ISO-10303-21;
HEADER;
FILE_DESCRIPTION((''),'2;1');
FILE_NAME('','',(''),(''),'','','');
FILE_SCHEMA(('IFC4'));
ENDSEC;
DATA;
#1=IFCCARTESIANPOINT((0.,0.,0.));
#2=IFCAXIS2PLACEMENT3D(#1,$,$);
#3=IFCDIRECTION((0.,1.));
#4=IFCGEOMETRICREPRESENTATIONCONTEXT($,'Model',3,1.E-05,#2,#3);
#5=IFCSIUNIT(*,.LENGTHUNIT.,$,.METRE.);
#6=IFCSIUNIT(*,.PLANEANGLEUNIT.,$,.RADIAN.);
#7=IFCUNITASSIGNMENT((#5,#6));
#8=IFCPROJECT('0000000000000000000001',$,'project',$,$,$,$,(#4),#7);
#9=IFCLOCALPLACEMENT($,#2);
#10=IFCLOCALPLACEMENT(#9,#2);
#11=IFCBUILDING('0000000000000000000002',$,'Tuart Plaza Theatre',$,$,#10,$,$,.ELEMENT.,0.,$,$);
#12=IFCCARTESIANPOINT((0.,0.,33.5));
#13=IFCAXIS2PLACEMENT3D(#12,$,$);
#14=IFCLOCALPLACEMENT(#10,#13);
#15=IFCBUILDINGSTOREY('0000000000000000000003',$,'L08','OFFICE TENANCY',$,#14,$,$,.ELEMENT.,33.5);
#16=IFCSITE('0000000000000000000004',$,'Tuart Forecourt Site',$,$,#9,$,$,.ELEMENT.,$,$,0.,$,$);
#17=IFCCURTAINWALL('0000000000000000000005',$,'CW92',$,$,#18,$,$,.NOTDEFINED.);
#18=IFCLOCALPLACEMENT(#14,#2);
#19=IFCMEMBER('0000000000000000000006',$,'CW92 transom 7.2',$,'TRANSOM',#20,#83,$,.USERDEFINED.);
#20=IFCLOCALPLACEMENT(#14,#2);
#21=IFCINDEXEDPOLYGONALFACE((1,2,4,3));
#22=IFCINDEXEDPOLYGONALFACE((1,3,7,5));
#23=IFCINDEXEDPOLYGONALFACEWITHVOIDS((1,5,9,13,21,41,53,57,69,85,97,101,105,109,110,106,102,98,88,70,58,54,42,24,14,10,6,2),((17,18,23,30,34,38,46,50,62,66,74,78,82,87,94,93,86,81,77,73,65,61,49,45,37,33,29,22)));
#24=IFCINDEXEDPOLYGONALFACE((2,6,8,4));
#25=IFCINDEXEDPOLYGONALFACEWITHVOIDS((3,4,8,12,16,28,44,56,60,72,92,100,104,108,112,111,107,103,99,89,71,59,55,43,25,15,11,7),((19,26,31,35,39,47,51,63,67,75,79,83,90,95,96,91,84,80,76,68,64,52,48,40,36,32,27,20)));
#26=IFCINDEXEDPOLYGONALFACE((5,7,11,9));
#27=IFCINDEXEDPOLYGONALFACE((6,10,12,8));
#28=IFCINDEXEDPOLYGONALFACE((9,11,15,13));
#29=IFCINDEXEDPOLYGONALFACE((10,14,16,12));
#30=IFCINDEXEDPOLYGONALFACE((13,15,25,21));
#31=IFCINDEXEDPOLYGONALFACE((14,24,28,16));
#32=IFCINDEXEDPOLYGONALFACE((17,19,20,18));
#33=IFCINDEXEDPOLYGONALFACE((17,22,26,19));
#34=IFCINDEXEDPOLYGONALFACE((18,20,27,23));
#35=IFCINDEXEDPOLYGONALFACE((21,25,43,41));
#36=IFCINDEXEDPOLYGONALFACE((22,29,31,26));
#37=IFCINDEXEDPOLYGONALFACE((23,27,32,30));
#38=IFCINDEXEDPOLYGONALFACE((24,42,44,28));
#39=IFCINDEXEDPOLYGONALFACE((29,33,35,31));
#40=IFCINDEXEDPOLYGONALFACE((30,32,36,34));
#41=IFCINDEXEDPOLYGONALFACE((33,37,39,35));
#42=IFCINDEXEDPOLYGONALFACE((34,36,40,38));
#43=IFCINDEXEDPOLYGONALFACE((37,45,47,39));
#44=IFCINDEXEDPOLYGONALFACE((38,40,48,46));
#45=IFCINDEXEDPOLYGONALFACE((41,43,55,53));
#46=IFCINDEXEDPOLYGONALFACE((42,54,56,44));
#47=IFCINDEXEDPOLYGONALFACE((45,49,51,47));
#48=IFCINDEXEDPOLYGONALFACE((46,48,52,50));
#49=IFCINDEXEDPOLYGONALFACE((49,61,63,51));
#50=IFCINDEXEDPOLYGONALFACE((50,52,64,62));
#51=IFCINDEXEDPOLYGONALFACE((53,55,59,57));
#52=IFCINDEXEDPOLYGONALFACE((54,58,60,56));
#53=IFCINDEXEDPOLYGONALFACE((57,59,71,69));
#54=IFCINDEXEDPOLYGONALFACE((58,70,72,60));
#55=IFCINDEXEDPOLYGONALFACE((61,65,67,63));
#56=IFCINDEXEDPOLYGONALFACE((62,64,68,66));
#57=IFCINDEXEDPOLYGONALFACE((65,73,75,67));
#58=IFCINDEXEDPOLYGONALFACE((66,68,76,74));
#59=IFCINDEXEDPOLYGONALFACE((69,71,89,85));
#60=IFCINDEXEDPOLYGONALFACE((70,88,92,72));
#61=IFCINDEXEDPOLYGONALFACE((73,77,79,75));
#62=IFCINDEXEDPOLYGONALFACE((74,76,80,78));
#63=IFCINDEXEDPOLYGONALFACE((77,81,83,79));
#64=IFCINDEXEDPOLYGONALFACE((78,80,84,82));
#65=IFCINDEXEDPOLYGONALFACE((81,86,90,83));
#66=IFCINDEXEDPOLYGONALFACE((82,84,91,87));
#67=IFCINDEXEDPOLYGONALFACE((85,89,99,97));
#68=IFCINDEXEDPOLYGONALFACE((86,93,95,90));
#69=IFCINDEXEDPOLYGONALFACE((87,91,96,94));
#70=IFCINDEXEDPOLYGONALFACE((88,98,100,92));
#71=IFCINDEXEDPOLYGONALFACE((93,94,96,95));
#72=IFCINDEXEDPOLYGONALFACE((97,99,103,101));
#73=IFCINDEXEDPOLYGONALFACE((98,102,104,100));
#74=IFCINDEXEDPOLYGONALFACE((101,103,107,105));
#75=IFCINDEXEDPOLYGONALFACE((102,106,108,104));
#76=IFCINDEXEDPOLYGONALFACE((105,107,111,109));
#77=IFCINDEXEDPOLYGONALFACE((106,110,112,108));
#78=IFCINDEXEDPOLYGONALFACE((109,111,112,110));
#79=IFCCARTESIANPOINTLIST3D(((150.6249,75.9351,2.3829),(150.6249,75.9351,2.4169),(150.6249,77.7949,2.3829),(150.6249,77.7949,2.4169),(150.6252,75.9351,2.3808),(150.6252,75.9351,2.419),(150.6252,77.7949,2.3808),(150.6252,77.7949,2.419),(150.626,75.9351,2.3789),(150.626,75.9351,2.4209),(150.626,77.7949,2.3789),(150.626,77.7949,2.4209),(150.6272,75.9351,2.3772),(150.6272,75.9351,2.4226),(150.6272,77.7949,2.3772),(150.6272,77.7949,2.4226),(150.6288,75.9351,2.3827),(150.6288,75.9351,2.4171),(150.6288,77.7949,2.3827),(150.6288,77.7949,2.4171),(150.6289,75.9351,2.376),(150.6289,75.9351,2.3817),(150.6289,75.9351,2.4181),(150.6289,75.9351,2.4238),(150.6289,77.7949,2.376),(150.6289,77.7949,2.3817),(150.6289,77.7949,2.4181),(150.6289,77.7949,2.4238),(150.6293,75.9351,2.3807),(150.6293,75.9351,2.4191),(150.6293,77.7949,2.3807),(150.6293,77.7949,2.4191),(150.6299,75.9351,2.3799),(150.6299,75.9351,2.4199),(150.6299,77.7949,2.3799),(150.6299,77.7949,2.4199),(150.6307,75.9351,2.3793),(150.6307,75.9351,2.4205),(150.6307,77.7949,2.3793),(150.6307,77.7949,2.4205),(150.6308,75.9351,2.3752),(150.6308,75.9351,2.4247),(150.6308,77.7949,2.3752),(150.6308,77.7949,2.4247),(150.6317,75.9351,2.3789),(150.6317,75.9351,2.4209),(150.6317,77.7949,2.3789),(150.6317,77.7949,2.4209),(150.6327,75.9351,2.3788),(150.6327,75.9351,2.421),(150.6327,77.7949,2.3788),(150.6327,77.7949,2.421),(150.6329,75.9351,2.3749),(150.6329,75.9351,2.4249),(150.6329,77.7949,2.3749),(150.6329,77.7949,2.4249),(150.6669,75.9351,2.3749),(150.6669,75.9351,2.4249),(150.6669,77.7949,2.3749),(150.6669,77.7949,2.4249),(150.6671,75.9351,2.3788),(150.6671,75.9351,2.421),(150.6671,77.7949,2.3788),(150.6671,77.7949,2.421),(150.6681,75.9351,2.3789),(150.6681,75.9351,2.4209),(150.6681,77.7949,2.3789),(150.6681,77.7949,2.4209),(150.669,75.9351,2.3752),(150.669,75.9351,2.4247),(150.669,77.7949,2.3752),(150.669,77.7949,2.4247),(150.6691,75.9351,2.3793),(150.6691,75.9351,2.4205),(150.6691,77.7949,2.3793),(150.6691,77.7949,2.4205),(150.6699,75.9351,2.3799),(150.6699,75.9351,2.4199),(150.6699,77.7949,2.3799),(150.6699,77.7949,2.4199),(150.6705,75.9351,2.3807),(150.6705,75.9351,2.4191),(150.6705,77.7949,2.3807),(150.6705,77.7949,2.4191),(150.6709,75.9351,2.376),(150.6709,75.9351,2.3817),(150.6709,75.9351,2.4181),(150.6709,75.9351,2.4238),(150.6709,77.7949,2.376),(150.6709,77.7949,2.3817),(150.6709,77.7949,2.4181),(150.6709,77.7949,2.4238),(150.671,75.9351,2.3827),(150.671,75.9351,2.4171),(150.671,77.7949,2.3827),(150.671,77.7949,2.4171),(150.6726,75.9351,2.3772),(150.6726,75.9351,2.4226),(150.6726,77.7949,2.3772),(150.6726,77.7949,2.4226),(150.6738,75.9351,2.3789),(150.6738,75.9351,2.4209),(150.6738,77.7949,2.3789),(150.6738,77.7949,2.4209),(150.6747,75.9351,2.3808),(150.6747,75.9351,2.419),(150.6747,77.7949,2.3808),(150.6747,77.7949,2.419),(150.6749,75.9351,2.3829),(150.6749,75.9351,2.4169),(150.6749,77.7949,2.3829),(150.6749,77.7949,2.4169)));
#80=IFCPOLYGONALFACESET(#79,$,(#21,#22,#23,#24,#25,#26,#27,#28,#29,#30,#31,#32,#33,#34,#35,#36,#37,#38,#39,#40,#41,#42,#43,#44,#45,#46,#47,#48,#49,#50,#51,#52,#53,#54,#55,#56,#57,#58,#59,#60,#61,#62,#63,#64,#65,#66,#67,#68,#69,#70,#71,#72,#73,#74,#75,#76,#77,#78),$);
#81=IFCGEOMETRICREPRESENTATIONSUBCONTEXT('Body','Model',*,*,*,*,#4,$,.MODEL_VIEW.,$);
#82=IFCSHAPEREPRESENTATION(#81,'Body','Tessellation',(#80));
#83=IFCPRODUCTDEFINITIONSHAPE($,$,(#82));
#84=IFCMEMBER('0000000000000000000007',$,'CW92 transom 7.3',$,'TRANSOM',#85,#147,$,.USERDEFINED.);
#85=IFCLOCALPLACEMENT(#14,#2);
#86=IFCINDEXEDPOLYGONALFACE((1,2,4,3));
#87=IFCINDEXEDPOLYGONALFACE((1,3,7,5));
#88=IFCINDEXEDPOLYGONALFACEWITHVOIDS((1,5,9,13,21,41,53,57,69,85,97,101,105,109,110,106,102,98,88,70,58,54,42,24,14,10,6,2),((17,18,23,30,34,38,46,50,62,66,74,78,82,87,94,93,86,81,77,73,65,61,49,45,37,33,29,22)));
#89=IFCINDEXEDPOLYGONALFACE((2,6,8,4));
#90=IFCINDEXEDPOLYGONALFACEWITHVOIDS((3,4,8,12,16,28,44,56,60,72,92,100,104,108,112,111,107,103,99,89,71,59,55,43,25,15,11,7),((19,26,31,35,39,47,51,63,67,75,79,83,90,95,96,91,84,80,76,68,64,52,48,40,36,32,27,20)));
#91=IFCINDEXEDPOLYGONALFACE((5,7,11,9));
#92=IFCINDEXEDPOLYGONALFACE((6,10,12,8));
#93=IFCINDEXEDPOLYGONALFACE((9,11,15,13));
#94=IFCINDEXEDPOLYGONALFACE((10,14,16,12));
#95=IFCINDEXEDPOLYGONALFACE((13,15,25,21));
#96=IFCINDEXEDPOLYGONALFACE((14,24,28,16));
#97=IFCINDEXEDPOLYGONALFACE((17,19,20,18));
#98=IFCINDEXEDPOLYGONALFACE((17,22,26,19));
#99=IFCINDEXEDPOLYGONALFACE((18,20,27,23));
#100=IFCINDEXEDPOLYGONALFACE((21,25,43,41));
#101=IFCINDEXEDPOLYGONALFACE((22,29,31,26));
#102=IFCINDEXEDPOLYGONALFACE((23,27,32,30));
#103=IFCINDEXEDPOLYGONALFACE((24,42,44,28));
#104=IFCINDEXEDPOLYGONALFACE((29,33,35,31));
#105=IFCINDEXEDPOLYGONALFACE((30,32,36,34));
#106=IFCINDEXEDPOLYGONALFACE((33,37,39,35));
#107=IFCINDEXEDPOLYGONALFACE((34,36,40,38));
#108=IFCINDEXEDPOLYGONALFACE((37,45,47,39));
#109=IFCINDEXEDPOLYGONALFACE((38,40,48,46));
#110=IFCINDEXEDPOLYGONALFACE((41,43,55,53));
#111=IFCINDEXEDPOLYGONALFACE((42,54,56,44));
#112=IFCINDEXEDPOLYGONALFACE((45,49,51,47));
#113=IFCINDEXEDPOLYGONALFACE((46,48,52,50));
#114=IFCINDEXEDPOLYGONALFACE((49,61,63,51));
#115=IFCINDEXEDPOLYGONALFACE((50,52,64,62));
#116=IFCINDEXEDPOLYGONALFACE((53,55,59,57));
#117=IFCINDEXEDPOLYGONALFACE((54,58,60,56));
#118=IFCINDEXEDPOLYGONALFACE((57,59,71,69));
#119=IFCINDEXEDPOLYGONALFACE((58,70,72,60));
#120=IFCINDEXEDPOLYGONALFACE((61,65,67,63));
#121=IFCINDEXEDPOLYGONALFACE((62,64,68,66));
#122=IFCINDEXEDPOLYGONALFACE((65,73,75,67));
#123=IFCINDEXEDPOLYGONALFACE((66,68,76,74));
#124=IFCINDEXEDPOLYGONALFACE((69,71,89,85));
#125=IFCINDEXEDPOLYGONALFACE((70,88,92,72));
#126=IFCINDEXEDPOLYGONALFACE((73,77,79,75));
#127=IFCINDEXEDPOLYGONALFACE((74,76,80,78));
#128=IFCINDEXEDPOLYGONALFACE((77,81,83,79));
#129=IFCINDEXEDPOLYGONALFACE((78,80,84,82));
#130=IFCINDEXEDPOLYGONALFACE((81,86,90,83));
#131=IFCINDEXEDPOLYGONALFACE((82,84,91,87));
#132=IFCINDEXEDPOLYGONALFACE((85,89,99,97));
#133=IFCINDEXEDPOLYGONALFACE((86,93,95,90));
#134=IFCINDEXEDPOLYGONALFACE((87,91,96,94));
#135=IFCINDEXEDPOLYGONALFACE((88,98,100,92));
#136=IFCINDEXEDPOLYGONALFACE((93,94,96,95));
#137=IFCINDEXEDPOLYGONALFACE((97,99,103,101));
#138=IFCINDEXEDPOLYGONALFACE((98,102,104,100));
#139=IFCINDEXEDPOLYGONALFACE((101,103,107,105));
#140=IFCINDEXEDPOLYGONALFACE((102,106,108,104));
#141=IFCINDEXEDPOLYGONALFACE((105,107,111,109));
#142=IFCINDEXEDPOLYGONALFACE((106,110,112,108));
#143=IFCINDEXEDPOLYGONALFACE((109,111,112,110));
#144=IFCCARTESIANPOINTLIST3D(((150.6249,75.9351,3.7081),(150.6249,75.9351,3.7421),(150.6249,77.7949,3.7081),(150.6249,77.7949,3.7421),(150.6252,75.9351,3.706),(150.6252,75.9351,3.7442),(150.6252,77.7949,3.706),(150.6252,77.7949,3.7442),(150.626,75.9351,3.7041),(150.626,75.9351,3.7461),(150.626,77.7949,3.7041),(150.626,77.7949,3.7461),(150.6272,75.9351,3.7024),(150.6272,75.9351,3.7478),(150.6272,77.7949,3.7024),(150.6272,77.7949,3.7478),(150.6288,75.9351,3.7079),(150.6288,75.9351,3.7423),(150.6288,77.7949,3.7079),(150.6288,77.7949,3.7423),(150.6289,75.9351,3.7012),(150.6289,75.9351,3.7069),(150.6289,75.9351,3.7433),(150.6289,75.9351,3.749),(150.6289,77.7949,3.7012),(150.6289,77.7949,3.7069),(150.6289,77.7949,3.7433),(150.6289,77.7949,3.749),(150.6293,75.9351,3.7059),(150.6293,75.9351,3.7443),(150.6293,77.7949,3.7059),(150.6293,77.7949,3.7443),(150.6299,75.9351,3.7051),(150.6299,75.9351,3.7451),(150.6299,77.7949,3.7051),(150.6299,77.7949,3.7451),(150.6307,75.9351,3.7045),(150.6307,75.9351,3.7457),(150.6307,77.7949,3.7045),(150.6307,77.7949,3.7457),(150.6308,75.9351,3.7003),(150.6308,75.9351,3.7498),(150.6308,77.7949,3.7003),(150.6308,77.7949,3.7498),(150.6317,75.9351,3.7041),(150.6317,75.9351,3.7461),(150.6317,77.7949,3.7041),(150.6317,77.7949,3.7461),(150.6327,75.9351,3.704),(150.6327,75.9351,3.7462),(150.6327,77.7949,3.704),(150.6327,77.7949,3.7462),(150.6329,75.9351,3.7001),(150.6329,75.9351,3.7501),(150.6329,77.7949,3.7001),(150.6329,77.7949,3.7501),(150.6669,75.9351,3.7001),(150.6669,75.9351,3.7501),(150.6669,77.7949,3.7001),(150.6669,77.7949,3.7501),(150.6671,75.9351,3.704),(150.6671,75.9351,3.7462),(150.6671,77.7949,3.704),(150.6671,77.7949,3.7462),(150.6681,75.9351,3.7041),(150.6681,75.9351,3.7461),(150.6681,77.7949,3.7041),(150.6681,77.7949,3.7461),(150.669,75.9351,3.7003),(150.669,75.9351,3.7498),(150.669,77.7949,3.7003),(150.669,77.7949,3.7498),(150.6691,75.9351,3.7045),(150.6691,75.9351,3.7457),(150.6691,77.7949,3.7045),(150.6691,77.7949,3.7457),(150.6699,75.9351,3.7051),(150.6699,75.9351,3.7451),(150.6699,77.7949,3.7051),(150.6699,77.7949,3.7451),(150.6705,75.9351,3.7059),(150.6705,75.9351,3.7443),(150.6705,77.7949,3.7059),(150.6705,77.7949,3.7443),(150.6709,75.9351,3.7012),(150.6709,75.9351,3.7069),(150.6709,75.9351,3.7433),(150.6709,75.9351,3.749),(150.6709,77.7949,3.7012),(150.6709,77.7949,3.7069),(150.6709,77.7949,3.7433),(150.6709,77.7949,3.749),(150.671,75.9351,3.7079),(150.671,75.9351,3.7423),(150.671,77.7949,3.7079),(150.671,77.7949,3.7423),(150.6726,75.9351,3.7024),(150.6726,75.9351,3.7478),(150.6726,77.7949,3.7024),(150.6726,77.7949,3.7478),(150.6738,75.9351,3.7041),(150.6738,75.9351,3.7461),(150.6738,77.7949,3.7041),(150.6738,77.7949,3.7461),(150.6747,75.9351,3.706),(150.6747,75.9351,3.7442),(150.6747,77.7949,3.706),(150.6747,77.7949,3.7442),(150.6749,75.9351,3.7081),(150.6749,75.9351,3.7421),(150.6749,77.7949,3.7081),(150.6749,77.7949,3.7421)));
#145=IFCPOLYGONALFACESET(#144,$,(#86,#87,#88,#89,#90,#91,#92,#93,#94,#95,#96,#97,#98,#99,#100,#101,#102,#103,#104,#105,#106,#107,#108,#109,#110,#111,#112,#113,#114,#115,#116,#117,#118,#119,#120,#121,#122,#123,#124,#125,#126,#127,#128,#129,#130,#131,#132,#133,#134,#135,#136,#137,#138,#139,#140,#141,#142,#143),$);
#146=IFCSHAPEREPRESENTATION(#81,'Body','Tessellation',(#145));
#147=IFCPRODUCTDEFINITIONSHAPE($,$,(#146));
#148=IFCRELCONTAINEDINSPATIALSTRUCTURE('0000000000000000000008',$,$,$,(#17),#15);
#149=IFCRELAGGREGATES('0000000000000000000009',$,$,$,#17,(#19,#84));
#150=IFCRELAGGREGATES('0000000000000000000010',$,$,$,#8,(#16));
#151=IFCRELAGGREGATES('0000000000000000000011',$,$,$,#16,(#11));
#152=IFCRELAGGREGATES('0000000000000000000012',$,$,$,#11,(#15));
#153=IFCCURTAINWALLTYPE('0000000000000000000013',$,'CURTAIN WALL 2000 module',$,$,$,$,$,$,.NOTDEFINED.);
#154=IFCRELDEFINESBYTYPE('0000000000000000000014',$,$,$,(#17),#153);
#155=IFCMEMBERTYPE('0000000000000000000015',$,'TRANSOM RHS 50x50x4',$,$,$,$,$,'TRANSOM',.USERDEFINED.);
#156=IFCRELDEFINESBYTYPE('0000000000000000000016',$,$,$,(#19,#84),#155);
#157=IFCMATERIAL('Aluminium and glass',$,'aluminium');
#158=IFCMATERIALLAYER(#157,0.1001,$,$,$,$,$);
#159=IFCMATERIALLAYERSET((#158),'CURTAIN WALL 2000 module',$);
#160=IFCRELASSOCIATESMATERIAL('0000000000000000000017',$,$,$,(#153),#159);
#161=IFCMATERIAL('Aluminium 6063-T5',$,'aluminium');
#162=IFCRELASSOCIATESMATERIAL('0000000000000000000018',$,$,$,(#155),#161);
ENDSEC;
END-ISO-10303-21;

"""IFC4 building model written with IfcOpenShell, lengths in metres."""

from ifc_helpers import new_model, si_unit, direction, frame, origin, origin_2d, place, context, subcontext, project, spatial, hollow_rectangle, extrude, material, layer, layer_set, material_profile, profile_set, type_object, element, aggregate, save


model = new_model("IFC4")

# Units and contexts
model_context = context("Model", 3, precision=1e-05, world=origin(), true_north=direction((0.0, 1.0)))
body_context = subcontext(model_context, "Body", "Model", "MODEL_VIEW")
ifc_project = project(units=[si_unit("LENGTHUNIT", "METRE"), si_unit("PLANEANGLEUNIT", "RADIAN")], contexts=[model_context])

# Site, building, storey
site_placement = place(None, origin())
site = spatial("IfcSite", under=ifc_project, at=site_placement, Name="Tuart Forecourt Site", CompositionType="ELEMENT", RefElevation=0.0)
building_placement = place(site_placement, origin())
building = spatial("IfcBuilding", under=site, at=building_placement, Name="Tuart Plaza Theatre", CompositionType="ELEMENT", ElevationOfRefHeight=0.0)
storey_placement = place(building_placement, frame((0.0, 0.0, 33.5)))
storey = spatial("IfcBuildingStorey", under=building, at=storey_placement, Name="L08", Description="OFFICE TENANCY", CompositionType="ELEMENT", Elevation=33.5)

# Curtain wall, members
ifc_material_1 = material(Name="Aluminium and glass", Category="aluminium")
ifc_layer_1 = layer(ifc_material_1, 0.1001)
ifc_layer_set_1 = layer_set([ifc_layer_1], Name="CURTAIN WALL 2000 module")
curtain_wall_type = type_object("IfcCurtainWallType", Name="CURTAIN WALL 2000 module", PredefinedType="NOTDEFINED", material=ifc_layer_set_1)
curtain_wall_placement = place(storey_placement, origin())
curtain_wall = element("IfcCurtainWall", 1, at=curtain_wall_placement, inside=storey, type_object=curtain_wall_type, Name="CW92", PredefinedType="NOTDEFINED")
ifc_material_2 = material(Name="Aluminium 6063-T5", Category="aluminium")
ifc_material_profile_1 = material_profile(ifc_material_2, hollow_rectangle(XDim=0.05, YDim=0.05, WallThickness=0.0039, InnerFilletRadius=0.0039, OuterFilletRadius=0.0081, at=origin_2d()), Name="RHS 50x50x4")
ifc_profile_set_1 = profile_set([ifc_material_profile_1], Name="Aluminium 6063-T5")
member_type_1 = type_object("IfcMemberType", Name="TRANSOM RHS 50x50x4", ElementType="TRANSOM", PredefinedType="USERDEFINED", material=ifc_profile_set_1)
member_1_placement = place(storey_placement, frame((150.6499, 75.9351, 2.3999), z_axis=(0.0, 1.0, 0.0), x_axis=(-1.0, 0.0, 0.0)))
member_1 = element("IfcMember", 2, at=member_1_placement, type_object=member_type_1, Name="CW92 transom 7.2", ObjectType="TRANSOM", PredefinedType="USERDEFINED", context=body_context, shape_type="SweptSolid", body=[
    extrude(hollow_rectangle(XDim=0.05, YDim=0.05, WallThickness=0.0039, InnerFilletRadius=0.0039, OuterFilletRadius=0.0081, at=origin_2d()), origin(), (0.0, 0.0, 1.0), 1.8599),
])
member_2_placement = place(storey_placement, frame((150.6499, 75.9351, 3.7251), z_axis=(0.0, 1.0, 0.0), x_axis=(-1.0, 0.0, 0.0)))
member_2 = element("IfcMember", 3, at=member_2_placement, type_object=member_type_1, Name="CW92 transom 7.3", ObjectType="TRANSOM", PredefinedType="USERDEFINED", context=body_context, shape_type="SweptSolid", body=[
    extrude(hollow_rectangle(XDim=0.05, YDim=0.05, WallThickness=0.0039, InnerFilletRadius=0.0039, OuterFilletRadius=0.0081, at=origin_2d()), origin(), (0.0, 0.0, 1.0), 1.8599),
])
aggregate(curtain_wall, [member_1, member_2])

save(model, "model.ifc")
